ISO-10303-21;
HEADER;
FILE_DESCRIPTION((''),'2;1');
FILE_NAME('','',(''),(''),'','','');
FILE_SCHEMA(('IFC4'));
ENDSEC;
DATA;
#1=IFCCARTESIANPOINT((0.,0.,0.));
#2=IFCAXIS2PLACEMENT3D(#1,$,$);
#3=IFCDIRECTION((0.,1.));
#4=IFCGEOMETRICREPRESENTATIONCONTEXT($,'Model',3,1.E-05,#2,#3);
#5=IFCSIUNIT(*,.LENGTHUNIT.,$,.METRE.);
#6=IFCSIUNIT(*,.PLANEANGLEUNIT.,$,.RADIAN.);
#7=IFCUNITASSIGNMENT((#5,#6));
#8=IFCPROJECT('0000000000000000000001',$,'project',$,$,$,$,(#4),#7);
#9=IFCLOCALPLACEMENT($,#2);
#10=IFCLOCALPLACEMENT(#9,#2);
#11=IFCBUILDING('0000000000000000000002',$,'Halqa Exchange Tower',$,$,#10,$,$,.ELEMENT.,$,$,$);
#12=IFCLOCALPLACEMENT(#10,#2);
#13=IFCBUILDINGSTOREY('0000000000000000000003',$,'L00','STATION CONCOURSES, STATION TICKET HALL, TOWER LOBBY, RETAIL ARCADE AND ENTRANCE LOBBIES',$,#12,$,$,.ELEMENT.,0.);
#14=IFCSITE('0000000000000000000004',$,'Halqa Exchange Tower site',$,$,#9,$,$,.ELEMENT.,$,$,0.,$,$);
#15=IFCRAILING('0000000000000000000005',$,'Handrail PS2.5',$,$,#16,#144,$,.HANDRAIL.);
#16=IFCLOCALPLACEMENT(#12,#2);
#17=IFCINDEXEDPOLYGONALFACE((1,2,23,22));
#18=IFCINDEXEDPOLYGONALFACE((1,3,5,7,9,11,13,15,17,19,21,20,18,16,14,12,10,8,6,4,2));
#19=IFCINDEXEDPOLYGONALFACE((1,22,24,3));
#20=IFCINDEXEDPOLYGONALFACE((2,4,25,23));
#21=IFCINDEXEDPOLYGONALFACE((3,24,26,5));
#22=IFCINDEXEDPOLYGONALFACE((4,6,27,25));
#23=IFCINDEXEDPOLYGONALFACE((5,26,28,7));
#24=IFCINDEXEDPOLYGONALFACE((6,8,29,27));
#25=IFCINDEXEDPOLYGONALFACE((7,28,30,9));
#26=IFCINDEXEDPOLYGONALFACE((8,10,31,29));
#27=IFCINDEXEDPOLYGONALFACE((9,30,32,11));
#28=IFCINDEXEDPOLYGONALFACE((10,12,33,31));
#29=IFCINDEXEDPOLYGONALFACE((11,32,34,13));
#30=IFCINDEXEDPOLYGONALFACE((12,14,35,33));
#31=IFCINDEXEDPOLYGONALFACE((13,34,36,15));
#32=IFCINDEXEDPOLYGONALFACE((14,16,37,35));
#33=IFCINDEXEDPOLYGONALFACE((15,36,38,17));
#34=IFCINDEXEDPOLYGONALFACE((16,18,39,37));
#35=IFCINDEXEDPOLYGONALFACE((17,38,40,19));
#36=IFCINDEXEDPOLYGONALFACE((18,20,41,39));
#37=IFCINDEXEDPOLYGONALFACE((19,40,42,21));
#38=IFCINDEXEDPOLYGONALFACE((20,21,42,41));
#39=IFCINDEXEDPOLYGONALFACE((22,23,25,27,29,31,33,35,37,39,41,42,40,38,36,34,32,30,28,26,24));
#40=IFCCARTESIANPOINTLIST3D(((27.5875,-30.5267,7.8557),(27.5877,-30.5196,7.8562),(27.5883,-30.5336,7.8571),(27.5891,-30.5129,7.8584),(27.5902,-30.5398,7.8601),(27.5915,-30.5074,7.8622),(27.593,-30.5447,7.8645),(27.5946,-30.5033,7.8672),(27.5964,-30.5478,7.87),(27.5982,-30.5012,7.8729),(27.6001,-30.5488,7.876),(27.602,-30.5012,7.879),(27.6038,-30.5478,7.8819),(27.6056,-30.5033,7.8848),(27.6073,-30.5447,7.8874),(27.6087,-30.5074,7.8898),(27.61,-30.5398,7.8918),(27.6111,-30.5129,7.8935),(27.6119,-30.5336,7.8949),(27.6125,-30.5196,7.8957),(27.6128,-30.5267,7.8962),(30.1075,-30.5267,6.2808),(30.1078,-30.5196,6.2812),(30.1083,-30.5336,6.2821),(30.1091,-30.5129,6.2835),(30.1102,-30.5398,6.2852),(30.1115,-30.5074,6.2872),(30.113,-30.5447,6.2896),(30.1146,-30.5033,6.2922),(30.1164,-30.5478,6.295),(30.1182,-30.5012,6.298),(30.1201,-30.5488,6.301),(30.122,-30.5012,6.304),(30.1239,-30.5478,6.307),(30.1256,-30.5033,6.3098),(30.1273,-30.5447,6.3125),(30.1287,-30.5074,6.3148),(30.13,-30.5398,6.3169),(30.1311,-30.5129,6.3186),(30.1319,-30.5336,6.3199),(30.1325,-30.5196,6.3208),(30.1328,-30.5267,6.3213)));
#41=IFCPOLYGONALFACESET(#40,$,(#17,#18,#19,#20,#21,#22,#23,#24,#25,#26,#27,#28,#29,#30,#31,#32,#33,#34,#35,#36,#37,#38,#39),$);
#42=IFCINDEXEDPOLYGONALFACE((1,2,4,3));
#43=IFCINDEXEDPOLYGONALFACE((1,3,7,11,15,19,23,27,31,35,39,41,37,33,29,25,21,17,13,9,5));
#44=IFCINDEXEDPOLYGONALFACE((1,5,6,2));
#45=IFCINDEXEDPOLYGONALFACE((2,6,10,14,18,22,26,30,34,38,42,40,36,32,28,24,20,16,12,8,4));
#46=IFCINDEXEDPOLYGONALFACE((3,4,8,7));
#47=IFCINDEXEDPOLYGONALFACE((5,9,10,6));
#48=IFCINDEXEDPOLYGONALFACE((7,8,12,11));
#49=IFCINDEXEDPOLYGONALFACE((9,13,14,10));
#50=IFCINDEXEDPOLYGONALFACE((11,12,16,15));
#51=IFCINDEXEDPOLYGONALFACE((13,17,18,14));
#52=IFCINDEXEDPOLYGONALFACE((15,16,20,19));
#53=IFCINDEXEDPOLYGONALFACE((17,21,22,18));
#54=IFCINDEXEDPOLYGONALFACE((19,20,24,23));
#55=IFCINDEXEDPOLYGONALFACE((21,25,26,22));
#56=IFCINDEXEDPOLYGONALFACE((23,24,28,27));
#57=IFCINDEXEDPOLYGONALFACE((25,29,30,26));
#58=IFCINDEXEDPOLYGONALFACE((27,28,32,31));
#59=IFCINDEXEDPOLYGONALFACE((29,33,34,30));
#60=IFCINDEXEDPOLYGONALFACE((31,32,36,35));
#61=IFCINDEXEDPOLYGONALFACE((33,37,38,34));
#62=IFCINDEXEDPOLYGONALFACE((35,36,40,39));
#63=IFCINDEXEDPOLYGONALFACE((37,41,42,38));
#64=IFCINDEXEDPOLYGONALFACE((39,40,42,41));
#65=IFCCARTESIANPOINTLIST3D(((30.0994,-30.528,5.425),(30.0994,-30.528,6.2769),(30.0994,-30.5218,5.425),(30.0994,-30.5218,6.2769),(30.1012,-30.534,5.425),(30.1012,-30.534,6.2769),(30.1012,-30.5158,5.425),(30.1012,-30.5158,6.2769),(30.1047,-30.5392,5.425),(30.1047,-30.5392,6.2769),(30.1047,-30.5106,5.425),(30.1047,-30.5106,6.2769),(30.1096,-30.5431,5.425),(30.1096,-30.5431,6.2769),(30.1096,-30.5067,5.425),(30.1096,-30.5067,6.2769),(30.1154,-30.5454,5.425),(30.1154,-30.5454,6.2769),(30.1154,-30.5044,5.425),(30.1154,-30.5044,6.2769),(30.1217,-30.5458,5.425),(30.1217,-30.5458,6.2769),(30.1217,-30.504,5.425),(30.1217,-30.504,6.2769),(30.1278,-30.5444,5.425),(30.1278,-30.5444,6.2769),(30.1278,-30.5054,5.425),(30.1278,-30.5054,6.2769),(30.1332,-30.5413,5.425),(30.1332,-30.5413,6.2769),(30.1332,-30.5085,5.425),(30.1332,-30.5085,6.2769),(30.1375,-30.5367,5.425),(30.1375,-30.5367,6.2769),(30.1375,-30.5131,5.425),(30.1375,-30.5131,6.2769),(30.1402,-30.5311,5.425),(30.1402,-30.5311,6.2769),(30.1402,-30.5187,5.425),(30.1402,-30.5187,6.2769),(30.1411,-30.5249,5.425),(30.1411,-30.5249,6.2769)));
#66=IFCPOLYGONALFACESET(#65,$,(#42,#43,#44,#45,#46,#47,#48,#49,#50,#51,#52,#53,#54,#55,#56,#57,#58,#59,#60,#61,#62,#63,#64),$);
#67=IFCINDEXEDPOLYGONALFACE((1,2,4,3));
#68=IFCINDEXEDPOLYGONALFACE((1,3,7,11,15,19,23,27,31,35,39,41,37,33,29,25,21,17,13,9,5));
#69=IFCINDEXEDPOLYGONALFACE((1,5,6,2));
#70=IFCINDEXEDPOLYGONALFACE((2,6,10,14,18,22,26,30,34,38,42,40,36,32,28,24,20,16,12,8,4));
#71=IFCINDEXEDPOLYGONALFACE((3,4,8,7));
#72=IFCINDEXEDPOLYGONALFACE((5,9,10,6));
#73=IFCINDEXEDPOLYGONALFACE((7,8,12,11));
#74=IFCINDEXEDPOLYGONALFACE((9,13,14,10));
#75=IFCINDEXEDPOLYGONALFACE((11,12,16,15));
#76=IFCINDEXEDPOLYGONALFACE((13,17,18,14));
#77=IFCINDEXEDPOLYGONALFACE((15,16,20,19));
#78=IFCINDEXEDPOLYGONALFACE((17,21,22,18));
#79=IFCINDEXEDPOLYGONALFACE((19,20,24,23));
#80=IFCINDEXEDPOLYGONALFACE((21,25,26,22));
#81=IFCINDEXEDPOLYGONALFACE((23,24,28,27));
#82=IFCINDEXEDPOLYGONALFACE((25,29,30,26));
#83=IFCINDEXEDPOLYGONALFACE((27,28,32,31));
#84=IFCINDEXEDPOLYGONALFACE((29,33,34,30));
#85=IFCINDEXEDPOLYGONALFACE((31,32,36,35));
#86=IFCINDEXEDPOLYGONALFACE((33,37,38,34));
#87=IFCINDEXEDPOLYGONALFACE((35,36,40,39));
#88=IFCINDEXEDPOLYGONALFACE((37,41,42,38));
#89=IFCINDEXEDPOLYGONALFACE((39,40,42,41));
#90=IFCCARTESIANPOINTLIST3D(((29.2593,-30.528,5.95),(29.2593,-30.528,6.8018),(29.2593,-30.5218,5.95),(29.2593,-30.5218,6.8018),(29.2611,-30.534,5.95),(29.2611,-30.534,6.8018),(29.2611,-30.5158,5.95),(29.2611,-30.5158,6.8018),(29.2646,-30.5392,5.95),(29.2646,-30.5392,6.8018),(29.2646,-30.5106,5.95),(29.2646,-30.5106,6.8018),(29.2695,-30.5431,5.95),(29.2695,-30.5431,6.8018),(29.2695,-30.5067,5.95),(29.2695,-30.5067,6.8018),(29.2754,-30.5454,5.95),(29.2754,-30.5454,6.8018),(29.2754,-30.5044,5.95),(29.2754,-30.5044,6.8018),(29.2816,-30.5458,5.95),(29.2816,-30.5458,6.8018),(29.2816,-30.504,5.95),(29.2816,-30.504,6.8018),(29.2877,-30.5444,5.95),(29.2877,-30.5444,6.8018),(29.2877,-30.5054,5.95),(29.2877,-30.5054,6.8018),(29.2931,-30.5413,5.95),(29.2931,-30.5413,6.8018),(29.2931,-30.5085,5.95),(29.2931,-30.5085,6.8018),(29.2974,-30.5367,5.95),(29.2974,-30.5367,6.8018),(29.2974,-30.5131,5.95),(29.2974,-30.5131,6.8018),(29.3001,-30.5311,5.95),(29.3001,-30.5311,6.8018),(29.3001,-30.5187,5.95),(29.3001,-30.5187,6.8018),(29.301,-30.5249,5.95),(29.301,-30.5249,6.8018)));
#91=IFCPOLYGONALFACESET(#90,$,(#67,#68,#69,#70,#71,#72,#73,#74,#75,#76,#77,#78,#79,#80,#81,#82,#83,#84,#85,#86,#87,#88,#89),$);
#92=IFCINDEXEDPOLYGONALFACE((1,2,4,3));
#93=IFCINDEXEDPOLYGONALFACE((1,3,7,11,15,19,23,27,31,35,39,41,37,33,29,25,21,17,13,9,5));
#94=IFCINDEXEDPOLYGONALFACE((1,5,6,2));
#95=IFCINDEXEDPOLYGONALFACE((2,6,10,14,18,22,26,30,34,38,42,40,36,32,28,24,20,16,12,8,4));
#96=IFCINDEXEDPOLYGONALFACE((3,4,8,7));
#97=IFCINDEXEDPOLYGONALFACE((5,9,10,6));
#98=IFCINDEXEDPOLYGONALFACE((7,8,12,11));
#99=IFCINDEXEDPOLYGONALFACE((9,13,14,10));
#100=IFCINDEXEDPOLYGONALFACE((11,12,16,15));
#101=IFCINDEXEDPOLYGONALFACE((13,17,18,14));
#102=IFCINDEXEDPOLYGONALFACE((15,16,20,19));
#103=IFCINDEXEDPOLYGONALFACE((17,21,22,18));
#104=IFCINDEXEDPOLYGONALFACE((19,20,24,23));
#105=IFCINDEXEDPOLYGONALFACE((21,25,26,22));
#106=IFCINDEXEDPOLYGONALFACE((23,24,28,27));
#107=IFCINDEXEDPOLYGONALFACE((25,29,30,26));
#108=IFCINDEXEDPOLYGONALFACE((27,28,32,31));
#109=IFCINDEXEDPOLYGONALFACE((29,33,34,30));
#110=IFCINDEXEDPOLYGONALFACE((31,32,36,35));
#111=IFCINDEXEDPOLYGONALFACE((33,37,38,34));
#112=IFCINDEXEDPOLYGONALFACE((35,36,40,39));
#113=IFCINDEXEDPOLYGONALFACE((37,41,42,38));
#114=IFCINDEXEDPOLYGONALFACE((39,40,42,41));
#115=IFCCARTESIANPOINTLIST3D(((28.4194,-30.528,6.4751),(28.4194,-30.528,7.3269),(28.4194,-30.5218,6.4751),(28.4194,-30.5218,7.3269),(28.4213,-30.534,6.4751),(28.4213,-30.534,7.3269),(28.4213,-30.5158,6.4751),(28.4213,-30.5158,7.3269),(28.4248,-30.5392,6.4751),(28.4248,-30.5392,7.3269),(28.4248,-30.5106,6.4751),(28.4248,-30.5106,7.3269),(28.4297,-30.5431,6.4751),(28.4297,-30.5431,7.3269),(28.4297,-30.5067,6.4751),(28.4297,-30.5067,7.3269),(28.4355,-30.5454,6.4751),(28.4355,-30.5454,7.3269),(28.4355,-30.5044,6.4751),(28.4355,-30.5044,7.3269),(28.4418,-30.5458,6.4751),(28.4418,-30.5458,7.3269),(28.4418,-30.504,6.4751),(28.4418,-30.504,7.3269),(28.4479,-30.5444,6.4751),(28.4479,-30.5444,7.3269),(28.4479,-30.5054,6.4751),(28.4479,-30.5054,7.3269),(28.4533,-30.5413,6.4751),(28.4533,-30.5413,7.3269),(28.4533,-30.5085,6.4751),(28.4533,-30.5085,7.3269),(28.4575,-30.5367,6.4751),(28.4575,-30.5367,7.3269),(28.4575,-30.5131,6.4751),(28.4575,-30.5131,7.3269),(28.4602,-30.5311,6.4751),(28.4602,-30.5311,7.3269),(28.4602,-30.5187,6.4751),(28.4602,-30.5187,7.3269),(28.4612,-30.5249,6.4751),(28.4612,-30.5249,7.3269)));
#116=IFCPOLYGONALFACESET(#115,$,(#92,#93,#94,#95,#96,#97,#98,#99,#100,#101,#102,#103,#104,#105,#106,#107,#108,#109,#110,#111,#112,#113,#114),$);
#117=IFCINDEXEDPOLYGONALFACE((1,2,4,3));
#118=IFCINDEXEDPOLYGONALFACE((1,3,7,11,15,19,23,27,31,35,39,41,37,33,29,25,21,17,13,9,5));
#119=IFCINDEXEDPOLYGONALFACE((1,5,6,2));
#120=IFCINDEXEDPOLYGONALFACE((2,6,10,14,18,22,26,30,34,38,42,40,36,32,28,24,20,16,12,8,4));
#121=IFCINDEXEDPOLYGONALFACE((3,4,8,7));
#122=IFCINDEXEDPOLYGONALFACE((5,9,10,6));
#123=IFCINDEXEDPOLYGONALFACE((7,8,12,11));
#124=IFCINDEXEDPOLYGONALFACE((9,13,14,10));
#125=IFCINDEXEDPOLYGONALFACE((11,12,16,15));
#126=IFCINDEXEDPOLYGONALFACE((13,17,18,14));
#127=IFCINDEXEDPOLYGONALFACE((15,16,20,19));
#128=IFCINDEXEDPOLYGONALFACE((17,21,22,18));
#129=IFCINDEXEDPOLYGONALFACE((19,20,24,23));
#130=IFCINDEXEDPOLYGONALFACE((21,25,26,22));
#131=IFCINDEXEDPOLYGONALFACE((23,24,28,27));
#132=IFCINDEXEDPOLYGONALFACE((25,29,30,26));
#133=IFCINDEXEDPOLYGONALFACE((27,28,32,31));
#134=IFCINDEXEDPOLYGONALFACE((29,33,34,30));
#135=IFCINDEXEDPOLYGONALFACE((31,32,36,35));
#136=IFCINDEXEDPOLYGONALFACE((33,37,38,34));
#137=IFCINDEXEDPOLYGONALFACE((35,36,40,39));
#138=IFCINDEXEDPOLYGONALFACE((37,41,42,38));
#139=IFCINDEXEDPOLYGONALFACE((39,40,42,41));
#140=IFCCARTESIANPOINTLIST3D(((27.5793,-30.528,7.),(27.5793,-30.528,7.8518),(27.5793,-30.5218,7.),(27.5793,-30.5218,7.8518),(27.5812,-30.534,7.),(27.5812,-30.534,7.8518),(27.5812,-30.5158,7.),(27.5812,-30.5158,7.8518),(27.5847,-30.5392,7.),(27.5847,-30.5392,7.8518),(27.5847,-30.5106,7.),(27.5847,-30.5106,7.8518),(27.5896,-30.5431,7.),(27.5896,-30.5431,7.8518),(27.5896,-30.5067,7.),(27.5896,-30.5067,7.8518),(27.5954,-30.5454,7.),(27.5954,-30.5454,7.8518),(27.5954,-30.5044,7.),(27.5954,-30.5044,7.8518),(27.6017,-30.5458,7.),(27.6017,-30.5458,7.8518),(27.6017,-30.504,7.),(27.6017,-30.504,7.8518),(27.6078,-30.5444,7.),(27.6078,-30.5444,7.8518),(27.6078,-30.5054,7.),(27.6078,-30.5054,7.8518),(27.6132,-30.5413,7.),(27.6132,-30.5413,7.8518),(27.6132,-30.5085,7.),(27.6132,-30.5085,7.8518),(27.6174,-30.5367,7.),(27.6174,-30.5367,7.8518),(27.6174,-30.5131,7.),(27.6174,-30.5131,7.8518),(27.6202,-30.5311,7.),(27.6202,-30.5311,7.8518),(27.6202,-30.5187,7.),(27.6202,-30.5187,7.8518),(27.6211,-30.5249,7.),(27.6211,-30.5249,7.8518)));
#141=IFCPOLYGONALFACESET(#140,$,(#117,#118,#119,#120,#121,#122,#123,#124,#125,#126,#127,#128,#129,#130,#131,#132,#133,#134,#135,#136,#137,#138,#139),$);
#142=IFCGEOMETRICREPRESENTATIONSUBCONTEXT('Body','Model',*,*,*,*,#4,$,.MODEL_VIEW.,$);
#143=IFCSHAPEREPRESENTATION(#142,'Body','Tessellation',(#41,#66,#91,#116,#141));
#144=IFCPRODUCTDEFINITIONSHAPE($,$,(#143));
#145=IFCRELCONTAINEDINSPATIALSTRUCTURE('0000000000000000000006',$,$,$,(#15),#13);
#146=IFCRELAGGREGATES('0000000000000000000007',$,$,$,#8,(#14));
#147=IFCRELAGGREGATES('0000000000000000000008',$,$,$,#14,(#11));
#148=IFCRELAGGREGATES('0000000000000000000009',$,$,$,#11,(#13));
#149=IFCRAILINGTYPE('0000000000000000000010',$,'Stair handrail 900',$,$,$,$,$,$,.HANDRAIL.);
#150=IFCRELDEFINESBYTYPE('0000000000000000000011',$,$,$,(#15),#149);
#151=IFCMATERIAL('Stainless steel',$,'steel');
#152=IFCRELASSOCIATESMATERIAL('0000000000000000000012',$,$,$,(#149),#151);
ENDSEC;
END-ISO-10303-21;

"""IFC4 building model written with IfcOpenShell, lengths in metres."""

from ifc_helpers import new_model, si_unit, direction, frame, origin, origin_2d, place, context, subcontext, project, spatial, circle, extrude, material, type_object, element, save


model = new_model("IFC4")

# Units and contexts
model_context = context("Model", 3, precision=1e-05, world=origin(), true_north=direction((0.0, 1.0)))
body_context = subcontext(model_context, "Body", "Model", "MODEL_VIEW")
ifc_project = project(units=[si_unit("LENGTHUNIT", "METRE"), si_unit("PLANEANGLEUNIT", "RADIAN")], contexts=[model_context])

# Site, building, storey
site_placement = place(None, origin())
site = spatial("IfcSite", under=ifc_project, at=site_placement, Name="Halqa Exchange Tower site", CompositionType="ELEMENT", RefElevation=0.0)
building_placement = place(site_placement, origin())
building = spatial("IfcBuilding", under=site, at=building_placement, Name="Halqa Exchange Tower", CompositionType="ELEMENT")
storey_placement = place(building_placement, origin())
storey = spatial("IfcBuildingStorey", under=building, at=storey_placement, Name="L00", Description="STATION CONCOURSES, STATION TICKET HALL, TOWER LOBBY, RETAIL ARCADE AND ENTRANCE LOBBIES", CompositionType="ELEMENT", Elevation=0.0)

# Railing
ifc_material_1 = material(Name="Stainless steel", Category="steel")
railing_type = type_object("IfcRailingType", Name="Stair handrail 900", PredefinedType="HANDRAIL", material=ifc_material_1)
for number, where, name in (
    (1, (30.1201, -30.5249, 5.425), "Handrail PS2.5"),
):
    element("IfcRailing", number, at=place(storey_placement, frame(where)), inside=storey, type_object=railing_type, Name=name, PredefinedType="HANDRAIL", context=body_context, shape_type="SweptSolid", body=[
        extrude(circle(Radius=0.0239, at=origin_2d()), frame((0.0, 0.0, 0.876), z_axis=(-0.848008, 0.0, 0.529984), x_axis=(0.0, -1.0, 0.0)), (0.0, 0.0, 1.0), 2.9717),
        extrude(circle(Radius=0.021, at=origin_2d()), origin(), (0.0, 0.0, 1.0), 0.8518),
        extrude(circle(Radius=0.021, at=origin_2d()), frame((-0.8401, 0.0, 0.5249)), (0.0, 0.0, 1.0), 0.8518),
        extrude(circle(Radius=0.021, at=origin_2d()), frame((-1.6799, 0.0, 1.05)), (0.0, 0.0, 1.0), 0.8518),
        extrude(circle(Radius=0.021, at=origin_2d()), frame((-2.52, 0.0, 1.575)), (0.0, 0.0, 1.0), 0.8518),
    ])

save(model, "model.ifc")
